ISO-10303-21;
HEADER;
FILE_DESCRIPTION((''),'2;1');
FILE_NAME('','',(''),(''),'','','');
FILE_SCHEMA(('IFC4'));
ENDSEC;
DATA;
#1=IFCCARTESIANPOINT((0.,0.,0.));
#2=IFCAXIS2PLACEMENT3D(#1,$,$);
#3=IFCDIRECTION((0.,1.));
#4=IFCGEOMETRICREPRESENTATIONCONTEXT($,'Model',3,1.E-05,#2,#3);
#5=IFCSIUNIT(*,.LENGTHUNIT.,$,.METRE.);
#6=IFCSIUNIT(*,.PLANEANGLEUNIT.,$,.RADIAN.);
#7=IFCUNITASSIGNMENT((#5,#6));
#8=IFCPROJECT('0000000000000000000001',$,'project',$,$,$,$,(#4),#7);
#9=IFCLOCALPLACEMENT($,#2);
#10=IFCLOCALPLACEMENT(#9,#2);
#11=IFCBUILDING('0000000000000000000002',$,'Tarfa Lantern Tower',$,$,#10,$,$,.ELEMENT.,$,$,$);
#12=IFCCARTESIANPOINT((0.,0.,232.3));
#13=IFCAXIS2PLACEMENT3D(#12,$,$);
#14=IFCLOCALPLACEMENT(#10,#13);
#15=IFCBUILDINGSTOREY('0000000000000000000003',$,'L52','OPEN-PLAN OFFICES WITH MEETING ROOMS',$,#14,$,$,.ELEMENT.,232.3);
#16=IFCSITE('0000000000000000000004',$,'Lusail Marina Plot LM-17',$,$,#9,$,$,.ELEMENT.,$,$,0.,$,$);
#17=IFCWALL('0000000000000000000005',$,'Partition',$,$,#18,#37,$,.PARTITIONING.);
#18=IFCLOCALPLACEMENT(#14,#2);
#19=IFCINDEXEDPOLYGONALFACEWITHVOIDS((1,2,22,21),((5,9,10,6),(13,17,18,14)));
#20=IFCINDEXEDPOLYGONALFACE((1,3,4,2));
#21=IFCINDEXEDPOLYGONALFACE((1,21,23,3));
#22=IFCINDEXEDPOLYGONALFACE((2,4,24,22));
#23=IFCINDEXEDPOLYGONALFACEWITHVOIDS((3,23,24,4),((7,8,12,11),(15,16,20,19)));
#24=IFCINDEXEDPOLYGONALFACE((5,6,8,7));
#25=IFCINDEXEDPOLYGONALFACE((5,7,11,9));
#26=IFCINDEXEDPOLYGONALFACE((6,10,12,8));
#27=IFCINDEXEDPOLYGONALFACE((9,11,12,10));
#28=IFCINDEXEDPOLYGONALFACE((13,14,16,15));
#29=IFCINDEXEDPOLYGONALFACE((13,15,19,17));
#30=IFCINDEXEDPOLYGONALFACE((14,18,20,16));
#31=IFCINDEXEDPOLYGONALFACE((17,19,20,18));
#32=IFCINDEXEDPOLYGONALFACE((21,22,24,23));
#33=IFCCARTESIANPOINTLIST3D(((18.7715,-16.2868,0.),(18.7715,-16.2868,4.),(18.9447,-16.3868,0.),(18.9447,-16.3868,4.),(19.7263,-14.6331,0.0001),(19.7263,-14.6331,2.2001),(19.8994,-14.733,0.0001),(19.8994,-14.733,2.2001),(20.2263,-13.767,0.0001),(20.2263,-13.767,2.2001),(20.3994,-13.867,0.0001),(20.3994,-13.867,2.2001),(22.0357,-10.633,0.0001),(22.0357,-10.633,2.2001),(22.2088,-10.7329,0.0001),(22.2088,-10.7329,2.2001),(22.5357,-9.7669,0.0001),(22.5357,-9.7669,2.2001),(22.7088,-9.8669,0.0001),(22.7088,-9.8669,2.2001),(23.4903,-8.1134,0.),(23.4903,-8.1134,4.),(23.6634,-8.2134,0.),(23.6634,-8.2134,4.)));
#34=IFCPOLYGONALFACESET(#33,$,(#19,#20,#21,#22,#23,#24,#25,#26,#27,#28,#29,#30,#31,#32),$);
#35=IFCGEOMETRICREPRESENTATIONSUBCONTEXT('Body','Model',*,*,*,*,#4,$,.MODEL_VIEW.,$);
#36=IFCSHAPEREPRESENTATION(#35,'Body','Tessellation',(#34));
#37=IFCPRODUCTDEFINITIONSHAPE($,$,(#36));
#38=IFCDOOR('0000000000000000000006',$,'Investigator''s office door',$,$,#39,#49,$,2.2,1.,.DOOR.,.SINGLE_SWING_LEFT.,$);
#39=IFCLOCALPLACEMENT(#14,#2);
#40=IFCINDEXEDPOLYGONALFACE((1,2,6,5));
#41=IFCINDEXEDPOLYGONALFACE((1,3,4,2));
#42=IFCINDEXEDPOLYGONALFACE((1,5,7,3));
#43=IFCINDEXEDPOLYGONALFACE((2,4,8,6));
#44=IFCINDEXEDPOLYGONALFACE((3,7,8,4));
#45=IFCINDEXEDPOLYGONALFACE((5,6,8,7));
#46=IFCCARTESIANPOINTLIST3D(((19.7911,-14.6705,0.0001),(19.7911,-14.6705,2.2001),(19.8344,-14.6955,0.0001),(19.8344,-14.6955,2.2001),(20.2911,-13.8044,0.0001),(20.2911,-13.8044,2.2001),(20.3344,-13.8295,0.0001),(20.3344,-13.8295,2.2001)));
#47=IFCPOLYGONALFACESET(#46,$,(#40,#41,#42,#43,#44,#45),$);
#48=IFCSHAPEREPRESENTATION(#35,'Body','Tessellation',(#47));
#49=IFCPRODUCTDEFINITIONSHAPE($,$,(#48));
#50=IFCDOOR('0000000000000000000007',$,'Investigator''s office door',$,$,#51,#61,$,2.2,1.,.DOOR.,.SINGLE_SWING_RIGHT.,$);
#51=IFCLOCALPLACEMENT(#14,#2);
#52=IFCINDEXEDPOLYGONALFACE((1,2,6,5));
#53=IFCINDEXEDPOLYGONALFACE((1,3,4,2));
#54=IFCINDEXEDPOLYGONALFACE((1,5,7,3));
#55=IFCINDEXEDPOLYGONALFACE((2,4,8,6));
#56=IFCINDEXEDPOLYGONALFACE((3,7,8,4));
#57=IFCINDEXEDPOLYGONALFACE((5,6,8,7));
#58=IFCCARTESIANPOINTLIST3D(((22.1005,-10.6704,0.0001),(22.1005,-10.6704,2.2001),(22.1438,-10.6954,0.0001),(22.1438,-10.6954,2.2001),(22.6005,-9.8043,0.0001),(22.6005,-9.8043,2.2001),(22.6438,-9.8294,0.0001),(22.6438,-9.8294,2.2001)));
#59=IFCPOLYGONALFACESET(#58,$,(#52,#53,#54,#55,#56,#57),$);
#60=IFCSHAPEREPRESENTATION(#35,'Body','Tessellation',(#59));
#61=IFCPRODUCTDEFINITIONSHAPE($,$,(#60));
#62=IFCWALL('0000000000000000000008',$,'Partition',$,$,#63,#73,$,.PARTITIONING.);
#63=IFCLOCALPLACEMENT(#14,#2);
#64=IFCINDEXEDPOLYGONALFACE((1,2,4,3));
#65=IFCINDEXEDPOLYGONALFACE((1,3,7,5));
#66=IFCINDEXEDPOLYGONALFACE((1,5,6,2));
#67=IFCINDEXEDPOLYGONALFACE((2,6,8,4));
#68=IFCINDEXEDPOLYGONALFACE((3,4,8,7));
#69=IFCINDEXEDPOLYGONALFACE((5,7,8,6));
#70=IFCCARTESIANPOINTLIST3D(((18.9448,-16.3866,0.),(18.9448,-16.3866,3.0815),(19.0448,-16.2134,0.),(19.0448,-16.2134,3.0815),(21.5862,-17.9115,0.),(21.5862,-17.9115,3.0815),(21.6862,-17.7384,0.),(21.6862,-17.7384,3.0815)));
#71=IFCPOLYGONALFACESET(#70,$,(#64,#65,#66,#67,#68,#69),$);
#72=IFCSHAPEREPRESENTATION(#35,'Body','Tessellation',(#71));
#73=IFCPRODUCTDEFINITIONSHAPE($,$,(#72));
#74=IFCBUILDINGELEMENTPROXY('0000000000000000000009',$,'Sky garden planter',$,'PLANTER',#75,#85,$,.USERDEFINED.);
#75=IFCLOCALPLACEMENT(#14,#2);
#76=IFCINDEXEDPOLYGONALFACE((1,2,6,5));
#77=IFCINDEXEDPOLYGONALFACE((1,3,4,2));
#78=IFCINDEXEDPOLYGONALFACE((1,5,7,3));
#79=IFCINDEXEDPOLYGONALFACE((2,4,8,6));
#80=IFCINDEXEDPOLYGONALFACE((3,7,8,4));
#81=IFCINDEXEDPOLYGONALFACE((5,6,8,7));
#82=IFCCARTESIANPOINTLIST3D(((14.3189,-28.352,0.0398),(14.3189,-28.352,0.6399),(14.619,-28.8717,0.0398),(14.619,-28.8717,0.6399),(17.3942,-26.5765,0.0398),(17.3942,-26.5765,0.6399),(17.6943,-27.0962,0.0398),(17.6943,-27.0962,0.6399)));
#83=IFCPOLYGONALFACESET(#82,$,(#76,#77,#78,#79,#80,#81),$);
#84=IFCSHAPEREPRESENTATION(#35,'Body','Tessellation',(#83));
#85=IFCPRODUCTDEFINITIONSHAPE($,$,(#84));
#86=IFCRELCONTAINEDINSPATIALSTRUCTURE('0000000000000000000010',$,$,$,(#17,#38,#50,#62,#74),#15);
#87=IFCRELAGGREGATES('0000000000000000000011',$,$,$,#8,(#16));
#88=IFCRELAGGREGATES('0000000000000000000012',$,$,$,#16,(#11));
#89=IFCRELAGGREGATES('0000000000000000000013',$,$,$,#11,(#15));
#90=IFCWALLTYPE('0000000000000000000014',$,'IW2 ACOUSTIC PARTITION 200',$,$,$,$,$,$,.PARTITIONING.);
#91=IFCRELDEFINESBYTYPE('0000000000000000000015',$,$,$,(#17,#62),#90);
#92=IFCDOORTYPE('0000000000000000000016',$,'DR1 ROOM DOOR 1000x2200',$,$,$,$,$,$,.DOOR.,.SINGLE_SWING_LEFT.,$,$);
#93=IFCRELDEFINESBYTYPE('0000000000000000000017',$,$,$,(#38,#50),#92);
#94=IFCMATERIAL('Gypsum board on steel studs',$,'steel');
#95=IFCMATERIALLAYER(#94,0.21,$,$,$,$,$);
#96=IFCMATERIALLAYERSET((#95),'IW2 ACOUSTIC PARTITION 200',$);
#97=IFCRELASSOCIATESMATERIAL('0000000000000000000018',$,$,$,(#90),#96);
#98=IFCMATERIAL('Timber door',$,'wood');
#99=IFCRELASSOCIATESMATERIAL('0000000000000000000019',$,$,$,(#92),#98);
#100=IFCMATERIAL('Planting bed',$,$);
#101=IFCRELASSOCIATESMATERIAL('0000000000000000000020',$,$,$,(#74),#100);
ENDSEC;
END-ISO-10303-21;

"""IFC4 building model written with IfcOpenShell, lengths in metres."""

from ifc_helpers import new_model, si_unit, direction, frame, frame_2d, origin, origin_2d, place, context, subcontext, project, spatial, rectangle, extrude, material, layer, layer_set, type_object, element, fill, save


model = new_model("IFC4")

# Units and contexts
model_context = context("Model", 3, precision=1e-05, world=origin(), true_north=direction((0.0, 1.0)))
body_context = subcontext(model_context, "Body", "Model", "MODEL_VIEW")
ifc_project = project(units=[si_unit("LENGTHUNIT", "METRE"), si_unit("PLANEANGLEUNIT", "RADIAN")], contexts=[model_context])

# Site, building, storey
site_placement = place(None, origin())
site = spatial("IfcSite", under=ifc_project, at=site_placement, Name="Lusail Marina Plot LM-17", CompositionType="ELEMENT", RefElevation=0.0)
building_placement = place(site_placement, origin())
building = spatial("IfcBuilding", under=site, at=building_placement, Name="Tarfa Lantern Tower", CompositionType="ELEMENT")
storey_placement = place(building_placement, frame((0.0, 0.0, 232.3)))
storey = spatial("IfcBuildingStorey", under=building, at=storey_placement, Name="L52", Description="OPEN-PLAN OFFICES WITH MEETING ROOMS", CompositionType="ELEMENT", Elevation=232.3)

# Shared definitions
ifc_material_1 = material(Name="Gypsum board on steel studs", Category="steel")
ifc_layer_1 = layer(ifc_material_1, 0.21)
ifc_layer_set_1 = layer_set([ifc_layer_1], Name="IW2 ACOUSTIC PARTITION 200")
wall_type_1 = type_object("IfcWallType", Name="IW2 ACOUSTIC PARTITION 200", PredefinedType="PARTITIONING", material=ifc_layer_set_1)

# Shared definitions
ifc_material_2 = material(Name="Timber door", Category="wood")

# Wall, openings, doors
wall_1_placement = place(storey_placement, frame((18.8582, -16.3367, 0.0), z_axis=(0.0, 0.0, 1.0), x_axis=(0.49999, 0.866031, 0.0)))
wall_1 = element("IfcWall", 1, at=wall_1_placement, inside=storey, type_object=wall_type_1, Name="Partition", PredefinedType="PARTITIONING", context=body_context, shape_type="SweptSolid", body=[
    extrude(rectangle(XDim=9.4377, YDim=0.2, at=frame_2d((4.7188, 0.0))), origin(), (0.0, 0.0, 1.0), 4.0),
])
opening_1_placement = place(wall_1_placement, frame((1.9094, 0.0, 0.0)))
opening_1 = element("IfcOpeningElement", 2, at=opening_1_placement, cuts=wall_1, PredefinedType="OPENING", context=body_context, shape_type="SweptSolid", body=[
    extrude(rectangle(XDim=1.0, YDim=2.2, at=frame_2d((0.5, 1.1001))), frame((0.0, 0.1099, 0.0), z_axis=(0.0, -1.0, 0.0), x_axis=(1.0, 0.0, 0.0)), (0.0, 0.0, 1.0), 0.22),
])
opening_2_placement = place(wall_1_placement, frame((6.5283, 0.0, 0.0)))
opening_2 = element("IfcOpeningElement", 3, at=opening_2_placement, cuts=wall_1, PredefinedType="OPENING", context=body_context, shape_type="SweptSolid", body=[
    extrude(rectangle(XDim=1.0, YDim=2.2, at=frame_2d((0.5, 1.1001))), frame((0.0, 0.1099, 0.0), z_axis=(0.0, -1.0, 0.0), x_axis=(1.0, 0.0, 0.0)), (0.0, 0.0, 1.0), 0.22),
])
door_type_1 = type_object("IfcDoorType", Name="DR1 ROOM DOOR 1000x2200", OperationType="SINGLE_SWING_LEFT", PredefinedType="DOOR", material=ifc_material_2)
door_1_placement = place(opening_1_placement, frame((1.0, 0.0, 0.0), z_axis=(0.0, 0.0, 1.0), x_axis=(-1.0, 0.0, 0.0)))
door_1 = element("IfcDoor", 4, at=door_1_placement, inside=storey, type_object=door_type_1, Name="Investigator's office door", OperationType="SINGLE_SWING_LEFT", OverallHeight=2.2, OverallWidth=1.0, PredefinedType="DOOR", context=body_context, shape_type="SweptSolid", body=[
    extrude(rectangle(XDim=1.0, YDim=2.2, at=frame_2d((0.5, 1.1001))), frame((0.0, 0.0249, 0.0), z_axis=(0.0, -1.0, 0.0), x_axis=(1.0, 0.0, 0.0)), (0.0, 0.0, 1.0), 0.05),
])
fill(opening_1, door_1)
door_2_placement = place(opening_2_placement, frame((1.0, 0.0, 0.0), z_axis=(0.0, 0.0, 1.0), x_axis=(-1.0, 0.0, 0.0)))
door_2 = element("IfcDoor", 5, at=door_2_placement, inside=storey, type_object=door_type_1, Name="Investigator's office door", OperationType="SINGLE_SWING_RIGHT", OverallHeight=2.2, OverallWidth=1.0, PredefinedType="DOOR", context=body_context, shape_type="SweptSolid", body=[
    extrude(rectangle(XDim=1.0, YDim=2.2, at=frame_2d((0.5, 1.1001))), frame((0.0, 0.0249, 0.0), z_axis=(0.0, -1.0, 0.0), x_axis=(1.0, 0.0, 0.0)), (0.0, 0.0, 1.0), 0.05),
])
fill(opening_2, door_2)

# Wall
wall_2_placement = place(storey_placement, frame((18.9949, -16.3, 0.0), z_axis=(0.0, 0.0, 1.0), x_axis=(0.866038, -0.499979, 0.0)))
element("IfcWall", 6, at=wall_2_placement, inside=storey, type_object=wall_type_1, Name="Partition", PredefinedType="PARTITIONING", context=body_context, shape_type="SweptSolid", body=[
    extrude(rectangle(XDim=3.05, YDim=0.2, at=frame_2d((1.5249, 0.0))), origin(), (0.0, 0.0, 1.0), 3.0815),
])

# Building element proxy
ifc_material_3 = material(Name="Planting bed")
proxy_placement = place(storey_placement, frame((16.0066, -27.7241, 0.0398), z_axis=(0.0, 0.0, 1.0), x_axis=(0.866025, 0.5, 0.0)))
element("IfcBuildingElementProxy", 7, at=proxy_placement, inside=storey, material=ifc_material_3, Name="Sky garden planter", ObjectType="PLANTER", PredefinedType="USERDEFINED", context=body_context, shape_type="SweptSolid", body=[
    extrude(rectangle(XDim=3.551, YDim=0.6001, at=origin_2d()), origin(), (0.0, 0.0, 1.0), 0.6001),
])

save(model, "model.ifc")
